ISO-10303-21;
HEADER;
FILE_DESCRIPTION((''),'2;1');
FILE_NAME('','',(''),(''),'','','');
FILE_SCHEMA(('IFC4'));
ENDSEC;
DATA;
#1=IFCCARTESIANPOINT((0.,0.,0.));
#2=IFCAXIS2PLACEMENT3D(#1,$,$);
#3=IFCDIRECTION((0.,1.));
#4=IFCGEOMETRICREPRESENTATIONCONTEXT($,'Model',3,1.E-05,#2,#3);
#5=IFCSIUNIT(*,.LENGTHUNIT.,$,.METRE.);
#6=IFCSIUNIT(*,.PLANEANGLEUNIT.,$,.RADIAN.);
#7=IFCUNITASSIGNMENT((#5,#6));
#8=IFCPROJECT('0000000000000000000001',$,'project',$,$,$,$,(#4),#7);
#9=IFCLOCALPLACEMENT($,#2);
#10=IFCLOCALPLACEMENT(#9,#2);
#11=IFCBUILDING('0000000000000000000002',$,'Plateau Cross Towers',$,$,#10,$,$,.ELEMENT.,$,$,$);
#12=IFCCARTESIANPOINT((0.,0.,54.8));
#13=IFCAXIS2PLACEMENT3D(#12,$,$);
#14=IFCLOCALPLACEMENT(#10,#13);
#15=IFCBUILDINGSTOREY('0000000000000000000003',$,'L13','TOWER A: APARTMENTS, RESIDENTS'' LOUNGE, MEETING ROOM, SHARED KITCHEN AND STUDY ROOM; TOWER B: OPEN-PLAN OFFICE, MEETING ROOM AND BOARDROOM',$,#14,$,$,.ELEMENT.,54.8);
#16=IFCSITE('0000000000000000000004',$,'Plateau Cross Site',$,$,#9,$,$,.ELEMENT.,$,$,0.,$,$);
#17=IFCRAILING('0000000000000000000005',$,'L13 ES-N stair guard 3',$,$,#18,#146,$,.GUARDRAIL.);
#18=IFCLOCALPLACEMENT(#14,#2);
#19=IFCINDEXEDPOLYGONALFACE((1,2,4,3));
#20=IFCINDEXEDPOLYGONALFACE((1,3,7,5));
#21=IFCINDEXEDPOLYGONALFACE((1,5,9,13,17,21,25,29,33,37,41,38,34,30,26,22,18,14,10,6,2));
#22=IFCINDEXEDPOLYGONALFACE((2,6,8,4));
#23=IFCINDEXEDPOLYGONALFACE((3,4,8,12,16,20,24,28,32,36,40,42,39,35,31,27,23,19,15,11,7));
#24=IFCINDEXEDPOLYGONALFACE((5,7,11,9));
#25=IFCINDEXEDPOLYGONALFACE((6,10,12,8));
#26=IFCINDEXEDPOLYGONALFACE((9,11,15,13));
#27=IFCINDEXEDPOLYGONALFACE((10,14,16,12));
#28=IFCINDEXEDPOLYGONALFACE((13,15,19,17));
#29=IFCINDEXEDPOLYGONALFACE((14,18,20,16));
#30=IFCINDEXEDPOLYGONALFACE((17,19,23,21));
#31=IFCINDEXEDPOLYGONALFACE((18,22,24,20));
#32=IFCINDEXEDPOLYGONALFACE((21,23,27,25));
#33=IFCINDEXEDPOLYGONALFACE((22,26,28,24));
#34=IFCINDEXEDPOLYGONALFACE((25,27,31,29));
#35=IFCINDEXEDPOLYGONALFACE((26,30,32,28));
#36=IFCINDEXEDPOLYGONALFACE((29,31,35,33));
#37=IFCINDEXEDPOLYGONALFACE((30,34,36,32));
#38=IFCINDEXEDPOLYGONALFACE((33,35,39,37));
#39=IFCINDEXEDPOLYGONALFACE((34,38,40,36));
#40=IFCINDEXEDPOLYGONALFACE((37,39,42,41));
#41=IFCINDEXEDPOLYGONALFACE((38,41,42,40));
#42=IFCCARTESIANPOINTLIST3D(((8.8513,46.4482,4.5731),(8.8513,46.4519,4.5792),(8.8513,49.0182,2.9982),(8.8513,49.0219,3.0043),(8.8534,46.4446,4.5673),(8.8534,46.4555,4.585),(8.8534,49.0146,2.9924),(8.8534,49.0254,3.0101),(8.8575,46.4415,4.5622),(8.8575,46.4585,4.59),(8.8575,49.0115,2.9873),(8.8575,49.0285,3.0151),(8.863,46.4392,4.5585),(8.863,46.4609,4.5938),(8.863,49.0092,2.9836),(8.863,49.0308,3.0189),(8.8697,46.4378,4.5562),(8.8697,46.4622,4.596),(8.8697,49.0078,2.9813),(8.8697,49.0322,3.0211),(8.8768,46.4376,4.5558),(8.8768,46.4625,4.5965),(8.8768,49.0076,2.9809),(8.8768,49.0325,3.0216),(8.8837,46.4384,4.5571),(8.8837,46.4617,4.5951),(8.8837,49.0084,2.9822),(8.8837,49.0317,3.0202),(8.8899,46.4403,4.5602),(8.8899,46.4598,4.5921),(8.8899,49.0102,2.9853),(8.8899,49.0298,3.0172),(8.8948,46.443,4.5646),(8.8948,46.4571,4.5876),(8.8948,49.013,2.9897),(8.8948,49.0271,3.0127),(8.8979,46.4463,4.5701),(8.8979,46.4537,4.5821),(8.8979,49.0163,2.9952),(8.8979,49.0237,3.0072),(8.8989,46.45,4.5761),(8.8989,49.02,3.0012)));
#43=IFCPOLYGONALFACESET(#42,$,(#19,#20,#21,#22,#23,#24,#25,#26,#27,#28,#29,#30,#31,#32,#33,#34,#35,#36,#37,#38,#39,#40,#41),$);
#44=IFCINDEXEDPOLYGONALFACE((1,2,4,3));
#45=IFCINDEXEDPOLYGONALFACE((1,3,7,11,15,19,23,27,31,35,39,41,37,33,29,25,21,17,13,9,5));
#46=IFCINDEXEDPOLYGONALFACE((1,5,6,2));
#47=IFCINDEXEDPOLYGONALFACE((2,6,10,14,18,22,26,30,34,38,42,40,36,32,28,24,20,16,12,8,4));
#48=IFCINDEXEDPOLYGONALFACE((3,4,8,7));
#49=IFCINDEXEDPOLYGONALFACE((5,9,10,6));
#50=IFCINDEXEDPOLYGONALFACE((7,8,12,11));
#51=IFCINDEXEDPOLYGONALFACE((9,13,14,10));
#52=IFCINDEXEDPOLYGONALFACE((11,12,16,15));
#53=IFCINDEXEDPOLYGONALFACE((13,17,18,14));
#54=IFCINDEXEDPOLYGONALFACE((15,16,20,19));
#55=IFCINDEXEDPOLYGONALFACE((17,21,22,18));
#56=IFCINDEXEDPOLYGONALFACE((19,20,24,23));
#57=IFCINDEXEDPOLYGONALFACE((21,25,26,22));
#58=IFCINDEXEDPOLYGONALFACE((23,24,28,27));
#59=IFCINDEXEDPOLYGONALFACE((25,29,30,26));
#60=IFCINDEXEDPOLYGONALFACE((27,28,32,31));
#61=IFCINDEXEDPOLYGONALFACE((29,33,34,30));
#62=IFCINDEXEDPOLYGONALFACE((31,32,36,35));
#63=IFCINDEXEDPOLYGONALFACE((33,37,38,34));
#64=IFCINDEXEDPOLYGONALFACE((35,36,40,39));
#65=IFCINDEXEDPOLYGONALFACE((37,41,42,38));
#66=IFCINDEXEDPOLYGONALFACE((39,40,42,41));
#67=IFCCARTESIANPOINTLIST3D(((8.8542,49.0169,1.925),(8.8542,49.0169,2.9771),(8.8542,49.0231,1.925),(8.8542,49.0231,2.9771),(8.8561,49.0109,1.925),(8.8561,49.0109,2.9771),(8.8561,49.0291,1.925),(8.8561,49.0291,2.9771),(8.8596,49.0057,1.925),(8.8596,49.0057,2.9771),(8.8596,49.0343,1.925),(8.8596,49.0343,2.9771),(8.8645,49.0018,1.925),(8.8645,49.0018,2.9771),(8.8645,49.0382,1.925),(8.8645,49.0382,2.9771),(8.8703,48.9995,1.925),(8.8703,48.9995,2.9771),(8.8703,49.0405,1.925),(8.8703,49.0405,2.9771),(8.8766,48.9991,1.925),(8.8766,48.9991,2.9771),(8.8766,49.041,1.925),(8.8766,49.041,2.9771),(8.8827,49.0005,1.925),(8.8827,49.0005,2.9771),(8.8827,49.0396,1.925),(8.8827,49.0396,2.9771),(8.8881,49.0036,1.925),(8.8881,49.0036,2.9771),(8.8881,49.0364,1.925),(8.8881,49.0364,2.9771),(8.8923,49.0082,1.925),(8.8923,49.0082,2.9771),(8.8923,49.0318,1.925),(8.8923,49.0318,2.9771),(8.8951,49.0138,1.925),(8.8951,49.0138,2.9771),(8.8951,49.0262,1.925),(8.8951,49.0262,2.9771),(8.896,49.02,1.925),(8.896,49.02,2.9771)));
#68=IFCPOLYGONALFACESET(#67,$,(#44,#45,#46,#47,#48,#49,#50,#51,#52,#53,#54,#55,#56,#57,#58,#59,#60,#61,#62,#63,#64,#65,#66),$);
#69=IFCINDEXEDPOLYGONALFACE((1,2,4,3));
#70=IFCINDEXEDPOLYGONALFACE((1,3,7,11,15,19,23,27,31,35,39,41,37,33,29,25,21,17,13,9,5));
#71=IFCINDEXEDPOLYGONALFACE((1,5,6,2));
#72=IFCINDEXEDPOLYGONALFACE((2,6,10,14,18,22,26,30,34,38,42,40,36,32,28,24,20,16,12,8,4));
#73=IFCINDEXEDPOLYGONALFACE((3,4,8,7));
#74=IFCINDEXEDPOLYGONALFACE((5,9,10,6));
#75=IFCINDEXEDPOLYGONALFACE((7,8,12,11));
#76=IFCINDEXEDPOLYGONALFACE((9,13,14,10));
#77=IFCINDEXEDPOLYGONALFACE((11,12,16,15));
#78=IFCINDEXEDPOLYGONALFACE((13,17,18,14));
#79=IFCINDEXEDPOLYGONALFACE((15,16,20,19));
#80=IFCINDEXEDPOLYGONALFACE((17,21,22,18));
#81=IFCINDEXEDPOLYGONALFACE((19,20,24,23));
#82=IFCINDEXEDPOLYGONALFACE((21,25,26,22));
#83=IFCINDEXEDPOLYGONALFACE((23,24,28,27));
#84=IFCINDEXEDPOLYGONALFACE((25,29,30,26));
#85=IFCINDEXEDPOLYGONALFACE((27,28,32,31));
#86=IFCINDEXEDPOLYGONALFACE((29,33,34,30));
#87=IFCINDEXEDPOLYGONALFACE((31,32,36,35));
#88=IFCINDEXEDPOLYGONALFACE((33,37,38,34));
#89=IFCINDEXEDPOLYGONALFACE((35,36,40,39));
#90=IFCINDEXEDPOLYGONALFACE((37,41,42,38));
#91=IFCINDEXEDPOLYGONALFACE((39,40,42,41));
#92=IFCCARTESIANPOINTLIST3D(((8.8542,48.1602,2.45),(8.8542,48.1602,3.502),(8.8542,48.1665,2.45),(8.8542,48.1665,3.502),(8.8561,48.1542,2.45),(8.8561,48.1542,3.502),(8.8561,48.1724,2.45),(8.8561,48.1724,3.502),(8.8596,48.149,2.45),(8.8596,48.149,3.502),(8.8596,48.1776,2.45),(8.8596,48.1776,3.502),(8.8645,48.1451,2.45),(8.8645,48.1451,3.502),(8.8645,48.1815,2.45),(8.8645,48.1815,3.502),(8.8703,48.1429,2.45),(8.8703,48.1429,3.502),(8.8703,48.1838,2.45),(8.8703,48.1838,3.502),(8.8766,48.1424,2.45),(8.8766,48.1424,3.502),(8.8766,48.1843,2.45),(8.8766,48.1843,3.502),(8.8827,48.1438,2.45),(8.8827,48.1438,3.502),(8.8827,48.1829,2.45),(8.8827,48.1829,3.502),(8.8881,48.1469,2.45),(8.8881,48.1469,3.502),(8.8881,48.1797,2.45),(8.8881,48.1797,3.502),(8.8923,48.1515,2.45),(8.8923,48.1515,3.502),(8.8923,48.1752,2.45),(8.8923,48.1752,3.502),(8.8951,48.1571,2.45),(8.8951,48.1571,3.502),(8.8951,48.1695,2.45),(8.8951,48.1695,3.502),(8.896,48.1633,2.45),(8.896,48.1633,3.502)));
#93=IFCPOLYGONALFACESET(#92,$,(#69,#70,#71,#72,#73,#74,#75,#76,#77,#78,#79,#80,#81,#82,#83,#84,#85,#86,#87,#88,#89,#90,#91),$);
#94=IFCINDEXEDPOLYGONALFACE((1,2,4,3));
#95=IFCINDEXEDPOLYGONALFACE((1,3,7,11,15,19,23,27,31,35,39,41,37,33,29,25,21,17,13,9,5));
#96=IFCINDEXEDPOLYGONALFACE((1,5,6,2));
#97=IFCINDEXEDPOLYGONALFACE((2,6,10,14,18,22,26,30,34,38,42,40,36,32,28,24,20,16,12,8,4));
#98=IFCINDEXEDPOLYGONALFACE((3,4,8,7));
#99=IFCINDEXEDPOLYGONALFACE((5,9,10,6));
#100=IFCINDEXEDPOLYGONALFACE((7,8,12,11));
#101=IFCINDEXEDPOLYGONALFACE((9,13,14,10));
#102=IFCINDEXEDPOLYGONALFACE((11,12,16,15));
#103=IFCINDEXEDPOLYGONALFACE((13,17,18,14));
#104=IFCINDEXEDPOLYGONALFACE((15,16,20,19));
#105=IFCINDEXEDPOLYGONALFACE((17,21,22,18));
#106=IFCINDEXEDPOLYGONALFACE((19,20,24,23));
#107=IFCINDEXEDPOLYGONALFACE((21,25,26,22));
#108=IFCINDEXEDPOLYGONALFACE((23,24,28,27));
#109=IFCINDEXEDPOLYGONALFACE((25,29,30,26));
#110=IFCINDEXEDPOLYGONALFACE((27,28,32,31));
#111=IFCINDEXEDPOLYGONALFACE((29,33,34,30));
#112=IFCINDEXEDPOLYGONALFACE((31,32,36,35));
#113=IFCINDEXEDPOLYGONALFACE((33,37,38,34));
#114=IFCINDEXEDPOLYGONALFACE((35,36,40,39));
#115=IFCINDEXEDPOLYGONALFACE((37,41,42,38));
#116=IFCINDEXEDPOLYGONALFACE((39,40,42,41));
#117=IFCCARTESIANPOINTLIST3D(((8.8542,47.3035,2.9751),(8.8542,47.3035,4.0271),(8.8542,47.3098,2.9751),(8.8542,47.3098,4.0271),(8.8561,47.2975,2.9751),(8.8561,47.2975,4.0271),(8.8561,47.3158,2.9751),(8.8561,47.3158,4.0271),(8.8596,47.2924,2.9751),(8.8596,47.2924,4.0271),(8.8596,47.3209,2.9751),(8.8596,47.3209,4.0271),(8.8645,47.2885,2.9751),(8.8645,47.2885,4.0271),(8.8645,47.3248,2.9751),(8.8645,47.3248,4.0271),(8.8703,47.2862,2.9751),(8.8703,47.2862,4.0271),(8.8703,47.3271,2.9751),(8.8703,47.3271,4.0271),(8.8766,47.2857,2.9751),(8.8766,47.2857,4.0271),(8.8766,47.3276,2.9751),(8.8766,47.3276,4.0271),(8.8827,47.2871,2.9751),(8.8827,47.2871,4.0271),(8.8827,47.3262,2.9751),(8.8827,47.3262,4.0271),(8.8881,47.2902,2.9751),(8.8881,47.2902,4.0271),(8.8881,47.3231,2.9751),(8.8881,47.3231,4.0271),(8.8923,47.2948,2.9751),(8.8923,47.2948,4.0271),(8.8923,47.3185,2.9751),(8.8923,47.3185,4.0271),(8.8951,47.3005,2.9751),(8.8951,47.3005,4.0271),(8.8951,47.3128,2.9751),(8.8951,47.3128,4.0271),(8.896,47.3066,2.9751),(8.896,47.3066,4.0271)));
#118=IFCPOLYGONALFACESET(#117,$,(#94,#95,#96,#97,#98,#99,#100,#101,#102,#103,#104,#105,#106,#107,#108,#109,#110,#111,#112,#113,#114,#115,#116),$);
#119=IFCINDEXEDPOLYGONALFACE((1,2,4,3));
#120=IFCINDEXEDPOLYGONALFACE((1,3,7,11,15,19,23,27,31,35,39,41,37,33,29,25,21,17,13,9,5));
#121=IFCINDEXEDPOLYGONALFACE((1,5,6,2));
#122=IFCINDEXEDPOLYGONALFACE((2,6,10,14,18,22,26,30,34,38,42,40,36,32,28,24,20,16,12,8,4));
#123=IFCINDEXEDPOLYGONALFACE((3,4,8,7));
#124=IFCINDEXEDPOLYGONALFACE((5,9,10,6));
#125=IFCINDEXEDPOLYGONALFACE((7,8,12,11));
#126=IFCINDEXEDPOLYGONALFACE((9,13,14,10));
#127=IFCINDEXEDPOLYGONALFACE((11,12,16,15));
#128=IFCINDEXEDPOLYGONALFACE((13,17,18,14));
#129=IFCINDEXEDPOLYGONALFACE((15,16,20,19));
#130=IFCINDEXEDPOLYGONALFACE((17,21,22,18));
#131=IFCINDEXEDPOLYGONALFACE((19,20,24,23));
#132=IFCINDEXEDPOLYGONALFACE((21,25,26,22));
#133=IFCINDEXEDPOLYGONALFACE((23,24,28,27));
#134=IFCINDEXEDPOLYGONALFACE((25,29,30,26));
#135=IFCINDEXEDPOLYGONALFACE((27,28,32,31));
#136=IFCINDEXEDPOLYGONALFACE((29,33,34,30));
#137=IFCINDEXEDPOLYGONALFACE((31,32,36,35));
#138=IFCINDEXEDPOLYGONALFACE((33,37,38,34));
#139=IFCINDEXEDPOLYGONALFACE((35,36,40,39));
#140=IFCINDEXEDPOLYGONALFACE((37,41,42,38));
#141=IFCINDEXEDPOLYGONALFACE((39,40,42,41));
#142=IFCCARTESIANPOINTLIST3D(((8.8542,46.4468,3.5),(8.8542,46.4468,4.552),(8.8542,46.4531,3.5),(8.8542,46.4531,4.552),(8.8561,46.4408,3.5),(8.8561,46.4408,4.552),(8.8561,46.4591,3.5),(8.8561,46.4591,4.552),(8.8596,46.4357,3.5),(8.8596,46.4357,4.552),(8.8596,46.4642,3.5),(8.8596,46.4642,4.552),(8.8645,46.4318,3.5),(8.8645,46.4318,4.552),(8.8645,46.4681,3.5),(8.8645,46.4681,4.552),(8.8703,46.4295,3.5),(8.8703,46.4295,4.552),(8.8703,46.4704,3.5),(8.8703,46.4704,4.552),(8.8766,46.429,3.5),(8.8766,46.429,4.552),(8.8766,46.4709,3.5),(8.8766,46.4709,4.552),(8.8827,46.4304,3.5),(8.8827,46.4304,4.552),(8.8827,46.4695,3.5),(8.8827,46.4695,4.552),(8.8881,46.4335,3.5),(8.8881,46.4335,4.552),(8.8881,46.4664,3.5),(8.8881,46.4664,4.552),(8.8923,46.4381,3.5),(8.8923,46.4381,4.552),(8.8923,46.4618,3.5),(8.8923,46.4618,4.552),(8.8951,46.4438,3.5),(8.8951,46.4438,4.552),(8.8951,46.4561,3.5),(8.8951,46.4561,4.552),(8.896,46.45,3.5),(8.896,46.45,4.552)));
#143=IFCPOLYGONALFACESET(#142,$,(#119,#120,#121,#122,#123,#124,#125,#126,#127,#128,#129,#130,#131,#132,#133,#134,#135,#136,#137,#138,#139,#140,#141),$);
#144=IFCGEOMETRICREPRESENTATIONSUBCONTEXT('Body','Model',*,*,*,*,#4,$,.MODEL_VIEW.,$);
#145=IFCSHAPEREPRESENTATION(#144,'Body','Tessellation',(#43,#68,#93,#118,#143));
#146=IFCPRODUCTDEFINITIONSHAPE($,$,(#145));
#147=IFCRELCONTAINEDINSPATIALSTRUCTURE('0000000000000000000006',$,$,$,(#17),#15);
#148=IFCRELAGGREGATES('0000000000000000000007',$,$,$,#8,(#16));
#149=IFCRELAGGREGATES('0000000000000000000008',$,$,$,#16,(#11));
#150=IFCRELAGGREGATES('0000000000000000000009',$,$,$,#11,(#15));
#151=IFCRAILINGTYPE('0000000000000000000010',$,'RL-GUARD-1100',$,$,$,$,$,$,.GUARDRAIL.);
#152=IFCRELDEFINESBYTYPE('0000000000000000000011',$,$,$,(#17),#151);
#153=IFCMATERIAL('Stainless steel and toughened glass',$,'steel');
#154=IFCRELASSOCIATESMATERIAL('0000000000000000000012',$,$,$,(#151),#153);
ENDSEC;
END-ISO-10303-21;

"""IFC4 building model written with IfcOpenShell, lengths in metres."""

from ifc_helpers import new_model, si_unit, direction, frame, origin, origin_2d, place, context, subcontext, project, spatial, circle, extrude, material, type_object, element, save


model = new_model("IFC4")

# Units and contexts
model_context = context("Model", 3, precision=1e-05, world=origin(), true_north=direction((0.0, 1.0)))
body_context = subcontext(model_context, "Body", "Model", "MODEL_VIEW")
ifc_project = project(units=[si_unit("LENGTHUNIT", "METRE"), si_unit("PLANEANGLEUNIT", "RADIAN")], contexts=[model_context])

# Site, building, storey
site_placement = place(None, origin())
site = spatial("IfcSite", under=ifc_project, at=site_placement, Name="Plateau Cross Site", CompositionType="ELEMENT", RefElevation=0.0)
building_placement = place(site_placement, origin())
building = spatial("IfcBuilding", under=site, at=building_placement, Name="Plateau Cross Towers", CompositionType="ELEMENT")
storey_placement = place(building_placement, frame((0.0, 0.0, 54.8)))
storey = spatial("IfcBuildingStorey", under=building, at=storey_placement, Name="L13", Description="TOWER A: APARTMENTS, RESIDENTS' LOUNGE, MEETING ROOM, SHARED KITCHEN AND STUDY ROOM; TOWER B: OPEN-PLAN OFFICE, MEETING ROOM AND BOARDROOM", CompositionType="ELEMENT", Elevation=54.8)

# Railing
ifc_material_1 = material(Name="Stainless steel and toughened glass", Category="steel")
railing_type_1 = type_object("IfcRailingType", Name="RL-GUARD-1100", PredefinedType="GUARDRAIL", material=ifc_material_1)
railing_1_placement = place(storey_placement, frame((8.875, 49.02, 1.925)))
element("IfcRailing", 1, at=railing_1_placement, inside=storey, type_object=railing_type_1, Name="L13 ES-N stair guard 3", PredefinedType="GUARDRAIL", context=body_context, shape_type="SweptSolid", body=[
    extrude(circle(Radius=0.0239, at=origin_2d()), frame((0.0, 0.0, 1.0762), z_axis=(0.0, -0.852639, 0.522501), x_axis=(1.0, 0.0, 0.0)), (0.0, 0.0, 1.0), 3.0142),
    extrude(circle(Radius=0.021, at=origin_2d()), origin(), (0.0, 0.0, 1.0), 1.052),
    extrude(circle(Radius=0.021, at=origin_2d()), frame((0.0, -0.8567, 0.5249)), (0.0, 0.0, 1.0), 1.052),
    extrude(circle(Radius=0.021, at=origin_2d()), frame((0.0, -1.7134, 1.05)), (0.0, 0.0, 1.0), 1.052),
    extrude(circle(Radius=0.021, at=origin_2d()), frame((0.0, -2.5701, 1.575)), (0.0, 0.0, 1.0), 1.052),
])

save(model, "model.ifc")
